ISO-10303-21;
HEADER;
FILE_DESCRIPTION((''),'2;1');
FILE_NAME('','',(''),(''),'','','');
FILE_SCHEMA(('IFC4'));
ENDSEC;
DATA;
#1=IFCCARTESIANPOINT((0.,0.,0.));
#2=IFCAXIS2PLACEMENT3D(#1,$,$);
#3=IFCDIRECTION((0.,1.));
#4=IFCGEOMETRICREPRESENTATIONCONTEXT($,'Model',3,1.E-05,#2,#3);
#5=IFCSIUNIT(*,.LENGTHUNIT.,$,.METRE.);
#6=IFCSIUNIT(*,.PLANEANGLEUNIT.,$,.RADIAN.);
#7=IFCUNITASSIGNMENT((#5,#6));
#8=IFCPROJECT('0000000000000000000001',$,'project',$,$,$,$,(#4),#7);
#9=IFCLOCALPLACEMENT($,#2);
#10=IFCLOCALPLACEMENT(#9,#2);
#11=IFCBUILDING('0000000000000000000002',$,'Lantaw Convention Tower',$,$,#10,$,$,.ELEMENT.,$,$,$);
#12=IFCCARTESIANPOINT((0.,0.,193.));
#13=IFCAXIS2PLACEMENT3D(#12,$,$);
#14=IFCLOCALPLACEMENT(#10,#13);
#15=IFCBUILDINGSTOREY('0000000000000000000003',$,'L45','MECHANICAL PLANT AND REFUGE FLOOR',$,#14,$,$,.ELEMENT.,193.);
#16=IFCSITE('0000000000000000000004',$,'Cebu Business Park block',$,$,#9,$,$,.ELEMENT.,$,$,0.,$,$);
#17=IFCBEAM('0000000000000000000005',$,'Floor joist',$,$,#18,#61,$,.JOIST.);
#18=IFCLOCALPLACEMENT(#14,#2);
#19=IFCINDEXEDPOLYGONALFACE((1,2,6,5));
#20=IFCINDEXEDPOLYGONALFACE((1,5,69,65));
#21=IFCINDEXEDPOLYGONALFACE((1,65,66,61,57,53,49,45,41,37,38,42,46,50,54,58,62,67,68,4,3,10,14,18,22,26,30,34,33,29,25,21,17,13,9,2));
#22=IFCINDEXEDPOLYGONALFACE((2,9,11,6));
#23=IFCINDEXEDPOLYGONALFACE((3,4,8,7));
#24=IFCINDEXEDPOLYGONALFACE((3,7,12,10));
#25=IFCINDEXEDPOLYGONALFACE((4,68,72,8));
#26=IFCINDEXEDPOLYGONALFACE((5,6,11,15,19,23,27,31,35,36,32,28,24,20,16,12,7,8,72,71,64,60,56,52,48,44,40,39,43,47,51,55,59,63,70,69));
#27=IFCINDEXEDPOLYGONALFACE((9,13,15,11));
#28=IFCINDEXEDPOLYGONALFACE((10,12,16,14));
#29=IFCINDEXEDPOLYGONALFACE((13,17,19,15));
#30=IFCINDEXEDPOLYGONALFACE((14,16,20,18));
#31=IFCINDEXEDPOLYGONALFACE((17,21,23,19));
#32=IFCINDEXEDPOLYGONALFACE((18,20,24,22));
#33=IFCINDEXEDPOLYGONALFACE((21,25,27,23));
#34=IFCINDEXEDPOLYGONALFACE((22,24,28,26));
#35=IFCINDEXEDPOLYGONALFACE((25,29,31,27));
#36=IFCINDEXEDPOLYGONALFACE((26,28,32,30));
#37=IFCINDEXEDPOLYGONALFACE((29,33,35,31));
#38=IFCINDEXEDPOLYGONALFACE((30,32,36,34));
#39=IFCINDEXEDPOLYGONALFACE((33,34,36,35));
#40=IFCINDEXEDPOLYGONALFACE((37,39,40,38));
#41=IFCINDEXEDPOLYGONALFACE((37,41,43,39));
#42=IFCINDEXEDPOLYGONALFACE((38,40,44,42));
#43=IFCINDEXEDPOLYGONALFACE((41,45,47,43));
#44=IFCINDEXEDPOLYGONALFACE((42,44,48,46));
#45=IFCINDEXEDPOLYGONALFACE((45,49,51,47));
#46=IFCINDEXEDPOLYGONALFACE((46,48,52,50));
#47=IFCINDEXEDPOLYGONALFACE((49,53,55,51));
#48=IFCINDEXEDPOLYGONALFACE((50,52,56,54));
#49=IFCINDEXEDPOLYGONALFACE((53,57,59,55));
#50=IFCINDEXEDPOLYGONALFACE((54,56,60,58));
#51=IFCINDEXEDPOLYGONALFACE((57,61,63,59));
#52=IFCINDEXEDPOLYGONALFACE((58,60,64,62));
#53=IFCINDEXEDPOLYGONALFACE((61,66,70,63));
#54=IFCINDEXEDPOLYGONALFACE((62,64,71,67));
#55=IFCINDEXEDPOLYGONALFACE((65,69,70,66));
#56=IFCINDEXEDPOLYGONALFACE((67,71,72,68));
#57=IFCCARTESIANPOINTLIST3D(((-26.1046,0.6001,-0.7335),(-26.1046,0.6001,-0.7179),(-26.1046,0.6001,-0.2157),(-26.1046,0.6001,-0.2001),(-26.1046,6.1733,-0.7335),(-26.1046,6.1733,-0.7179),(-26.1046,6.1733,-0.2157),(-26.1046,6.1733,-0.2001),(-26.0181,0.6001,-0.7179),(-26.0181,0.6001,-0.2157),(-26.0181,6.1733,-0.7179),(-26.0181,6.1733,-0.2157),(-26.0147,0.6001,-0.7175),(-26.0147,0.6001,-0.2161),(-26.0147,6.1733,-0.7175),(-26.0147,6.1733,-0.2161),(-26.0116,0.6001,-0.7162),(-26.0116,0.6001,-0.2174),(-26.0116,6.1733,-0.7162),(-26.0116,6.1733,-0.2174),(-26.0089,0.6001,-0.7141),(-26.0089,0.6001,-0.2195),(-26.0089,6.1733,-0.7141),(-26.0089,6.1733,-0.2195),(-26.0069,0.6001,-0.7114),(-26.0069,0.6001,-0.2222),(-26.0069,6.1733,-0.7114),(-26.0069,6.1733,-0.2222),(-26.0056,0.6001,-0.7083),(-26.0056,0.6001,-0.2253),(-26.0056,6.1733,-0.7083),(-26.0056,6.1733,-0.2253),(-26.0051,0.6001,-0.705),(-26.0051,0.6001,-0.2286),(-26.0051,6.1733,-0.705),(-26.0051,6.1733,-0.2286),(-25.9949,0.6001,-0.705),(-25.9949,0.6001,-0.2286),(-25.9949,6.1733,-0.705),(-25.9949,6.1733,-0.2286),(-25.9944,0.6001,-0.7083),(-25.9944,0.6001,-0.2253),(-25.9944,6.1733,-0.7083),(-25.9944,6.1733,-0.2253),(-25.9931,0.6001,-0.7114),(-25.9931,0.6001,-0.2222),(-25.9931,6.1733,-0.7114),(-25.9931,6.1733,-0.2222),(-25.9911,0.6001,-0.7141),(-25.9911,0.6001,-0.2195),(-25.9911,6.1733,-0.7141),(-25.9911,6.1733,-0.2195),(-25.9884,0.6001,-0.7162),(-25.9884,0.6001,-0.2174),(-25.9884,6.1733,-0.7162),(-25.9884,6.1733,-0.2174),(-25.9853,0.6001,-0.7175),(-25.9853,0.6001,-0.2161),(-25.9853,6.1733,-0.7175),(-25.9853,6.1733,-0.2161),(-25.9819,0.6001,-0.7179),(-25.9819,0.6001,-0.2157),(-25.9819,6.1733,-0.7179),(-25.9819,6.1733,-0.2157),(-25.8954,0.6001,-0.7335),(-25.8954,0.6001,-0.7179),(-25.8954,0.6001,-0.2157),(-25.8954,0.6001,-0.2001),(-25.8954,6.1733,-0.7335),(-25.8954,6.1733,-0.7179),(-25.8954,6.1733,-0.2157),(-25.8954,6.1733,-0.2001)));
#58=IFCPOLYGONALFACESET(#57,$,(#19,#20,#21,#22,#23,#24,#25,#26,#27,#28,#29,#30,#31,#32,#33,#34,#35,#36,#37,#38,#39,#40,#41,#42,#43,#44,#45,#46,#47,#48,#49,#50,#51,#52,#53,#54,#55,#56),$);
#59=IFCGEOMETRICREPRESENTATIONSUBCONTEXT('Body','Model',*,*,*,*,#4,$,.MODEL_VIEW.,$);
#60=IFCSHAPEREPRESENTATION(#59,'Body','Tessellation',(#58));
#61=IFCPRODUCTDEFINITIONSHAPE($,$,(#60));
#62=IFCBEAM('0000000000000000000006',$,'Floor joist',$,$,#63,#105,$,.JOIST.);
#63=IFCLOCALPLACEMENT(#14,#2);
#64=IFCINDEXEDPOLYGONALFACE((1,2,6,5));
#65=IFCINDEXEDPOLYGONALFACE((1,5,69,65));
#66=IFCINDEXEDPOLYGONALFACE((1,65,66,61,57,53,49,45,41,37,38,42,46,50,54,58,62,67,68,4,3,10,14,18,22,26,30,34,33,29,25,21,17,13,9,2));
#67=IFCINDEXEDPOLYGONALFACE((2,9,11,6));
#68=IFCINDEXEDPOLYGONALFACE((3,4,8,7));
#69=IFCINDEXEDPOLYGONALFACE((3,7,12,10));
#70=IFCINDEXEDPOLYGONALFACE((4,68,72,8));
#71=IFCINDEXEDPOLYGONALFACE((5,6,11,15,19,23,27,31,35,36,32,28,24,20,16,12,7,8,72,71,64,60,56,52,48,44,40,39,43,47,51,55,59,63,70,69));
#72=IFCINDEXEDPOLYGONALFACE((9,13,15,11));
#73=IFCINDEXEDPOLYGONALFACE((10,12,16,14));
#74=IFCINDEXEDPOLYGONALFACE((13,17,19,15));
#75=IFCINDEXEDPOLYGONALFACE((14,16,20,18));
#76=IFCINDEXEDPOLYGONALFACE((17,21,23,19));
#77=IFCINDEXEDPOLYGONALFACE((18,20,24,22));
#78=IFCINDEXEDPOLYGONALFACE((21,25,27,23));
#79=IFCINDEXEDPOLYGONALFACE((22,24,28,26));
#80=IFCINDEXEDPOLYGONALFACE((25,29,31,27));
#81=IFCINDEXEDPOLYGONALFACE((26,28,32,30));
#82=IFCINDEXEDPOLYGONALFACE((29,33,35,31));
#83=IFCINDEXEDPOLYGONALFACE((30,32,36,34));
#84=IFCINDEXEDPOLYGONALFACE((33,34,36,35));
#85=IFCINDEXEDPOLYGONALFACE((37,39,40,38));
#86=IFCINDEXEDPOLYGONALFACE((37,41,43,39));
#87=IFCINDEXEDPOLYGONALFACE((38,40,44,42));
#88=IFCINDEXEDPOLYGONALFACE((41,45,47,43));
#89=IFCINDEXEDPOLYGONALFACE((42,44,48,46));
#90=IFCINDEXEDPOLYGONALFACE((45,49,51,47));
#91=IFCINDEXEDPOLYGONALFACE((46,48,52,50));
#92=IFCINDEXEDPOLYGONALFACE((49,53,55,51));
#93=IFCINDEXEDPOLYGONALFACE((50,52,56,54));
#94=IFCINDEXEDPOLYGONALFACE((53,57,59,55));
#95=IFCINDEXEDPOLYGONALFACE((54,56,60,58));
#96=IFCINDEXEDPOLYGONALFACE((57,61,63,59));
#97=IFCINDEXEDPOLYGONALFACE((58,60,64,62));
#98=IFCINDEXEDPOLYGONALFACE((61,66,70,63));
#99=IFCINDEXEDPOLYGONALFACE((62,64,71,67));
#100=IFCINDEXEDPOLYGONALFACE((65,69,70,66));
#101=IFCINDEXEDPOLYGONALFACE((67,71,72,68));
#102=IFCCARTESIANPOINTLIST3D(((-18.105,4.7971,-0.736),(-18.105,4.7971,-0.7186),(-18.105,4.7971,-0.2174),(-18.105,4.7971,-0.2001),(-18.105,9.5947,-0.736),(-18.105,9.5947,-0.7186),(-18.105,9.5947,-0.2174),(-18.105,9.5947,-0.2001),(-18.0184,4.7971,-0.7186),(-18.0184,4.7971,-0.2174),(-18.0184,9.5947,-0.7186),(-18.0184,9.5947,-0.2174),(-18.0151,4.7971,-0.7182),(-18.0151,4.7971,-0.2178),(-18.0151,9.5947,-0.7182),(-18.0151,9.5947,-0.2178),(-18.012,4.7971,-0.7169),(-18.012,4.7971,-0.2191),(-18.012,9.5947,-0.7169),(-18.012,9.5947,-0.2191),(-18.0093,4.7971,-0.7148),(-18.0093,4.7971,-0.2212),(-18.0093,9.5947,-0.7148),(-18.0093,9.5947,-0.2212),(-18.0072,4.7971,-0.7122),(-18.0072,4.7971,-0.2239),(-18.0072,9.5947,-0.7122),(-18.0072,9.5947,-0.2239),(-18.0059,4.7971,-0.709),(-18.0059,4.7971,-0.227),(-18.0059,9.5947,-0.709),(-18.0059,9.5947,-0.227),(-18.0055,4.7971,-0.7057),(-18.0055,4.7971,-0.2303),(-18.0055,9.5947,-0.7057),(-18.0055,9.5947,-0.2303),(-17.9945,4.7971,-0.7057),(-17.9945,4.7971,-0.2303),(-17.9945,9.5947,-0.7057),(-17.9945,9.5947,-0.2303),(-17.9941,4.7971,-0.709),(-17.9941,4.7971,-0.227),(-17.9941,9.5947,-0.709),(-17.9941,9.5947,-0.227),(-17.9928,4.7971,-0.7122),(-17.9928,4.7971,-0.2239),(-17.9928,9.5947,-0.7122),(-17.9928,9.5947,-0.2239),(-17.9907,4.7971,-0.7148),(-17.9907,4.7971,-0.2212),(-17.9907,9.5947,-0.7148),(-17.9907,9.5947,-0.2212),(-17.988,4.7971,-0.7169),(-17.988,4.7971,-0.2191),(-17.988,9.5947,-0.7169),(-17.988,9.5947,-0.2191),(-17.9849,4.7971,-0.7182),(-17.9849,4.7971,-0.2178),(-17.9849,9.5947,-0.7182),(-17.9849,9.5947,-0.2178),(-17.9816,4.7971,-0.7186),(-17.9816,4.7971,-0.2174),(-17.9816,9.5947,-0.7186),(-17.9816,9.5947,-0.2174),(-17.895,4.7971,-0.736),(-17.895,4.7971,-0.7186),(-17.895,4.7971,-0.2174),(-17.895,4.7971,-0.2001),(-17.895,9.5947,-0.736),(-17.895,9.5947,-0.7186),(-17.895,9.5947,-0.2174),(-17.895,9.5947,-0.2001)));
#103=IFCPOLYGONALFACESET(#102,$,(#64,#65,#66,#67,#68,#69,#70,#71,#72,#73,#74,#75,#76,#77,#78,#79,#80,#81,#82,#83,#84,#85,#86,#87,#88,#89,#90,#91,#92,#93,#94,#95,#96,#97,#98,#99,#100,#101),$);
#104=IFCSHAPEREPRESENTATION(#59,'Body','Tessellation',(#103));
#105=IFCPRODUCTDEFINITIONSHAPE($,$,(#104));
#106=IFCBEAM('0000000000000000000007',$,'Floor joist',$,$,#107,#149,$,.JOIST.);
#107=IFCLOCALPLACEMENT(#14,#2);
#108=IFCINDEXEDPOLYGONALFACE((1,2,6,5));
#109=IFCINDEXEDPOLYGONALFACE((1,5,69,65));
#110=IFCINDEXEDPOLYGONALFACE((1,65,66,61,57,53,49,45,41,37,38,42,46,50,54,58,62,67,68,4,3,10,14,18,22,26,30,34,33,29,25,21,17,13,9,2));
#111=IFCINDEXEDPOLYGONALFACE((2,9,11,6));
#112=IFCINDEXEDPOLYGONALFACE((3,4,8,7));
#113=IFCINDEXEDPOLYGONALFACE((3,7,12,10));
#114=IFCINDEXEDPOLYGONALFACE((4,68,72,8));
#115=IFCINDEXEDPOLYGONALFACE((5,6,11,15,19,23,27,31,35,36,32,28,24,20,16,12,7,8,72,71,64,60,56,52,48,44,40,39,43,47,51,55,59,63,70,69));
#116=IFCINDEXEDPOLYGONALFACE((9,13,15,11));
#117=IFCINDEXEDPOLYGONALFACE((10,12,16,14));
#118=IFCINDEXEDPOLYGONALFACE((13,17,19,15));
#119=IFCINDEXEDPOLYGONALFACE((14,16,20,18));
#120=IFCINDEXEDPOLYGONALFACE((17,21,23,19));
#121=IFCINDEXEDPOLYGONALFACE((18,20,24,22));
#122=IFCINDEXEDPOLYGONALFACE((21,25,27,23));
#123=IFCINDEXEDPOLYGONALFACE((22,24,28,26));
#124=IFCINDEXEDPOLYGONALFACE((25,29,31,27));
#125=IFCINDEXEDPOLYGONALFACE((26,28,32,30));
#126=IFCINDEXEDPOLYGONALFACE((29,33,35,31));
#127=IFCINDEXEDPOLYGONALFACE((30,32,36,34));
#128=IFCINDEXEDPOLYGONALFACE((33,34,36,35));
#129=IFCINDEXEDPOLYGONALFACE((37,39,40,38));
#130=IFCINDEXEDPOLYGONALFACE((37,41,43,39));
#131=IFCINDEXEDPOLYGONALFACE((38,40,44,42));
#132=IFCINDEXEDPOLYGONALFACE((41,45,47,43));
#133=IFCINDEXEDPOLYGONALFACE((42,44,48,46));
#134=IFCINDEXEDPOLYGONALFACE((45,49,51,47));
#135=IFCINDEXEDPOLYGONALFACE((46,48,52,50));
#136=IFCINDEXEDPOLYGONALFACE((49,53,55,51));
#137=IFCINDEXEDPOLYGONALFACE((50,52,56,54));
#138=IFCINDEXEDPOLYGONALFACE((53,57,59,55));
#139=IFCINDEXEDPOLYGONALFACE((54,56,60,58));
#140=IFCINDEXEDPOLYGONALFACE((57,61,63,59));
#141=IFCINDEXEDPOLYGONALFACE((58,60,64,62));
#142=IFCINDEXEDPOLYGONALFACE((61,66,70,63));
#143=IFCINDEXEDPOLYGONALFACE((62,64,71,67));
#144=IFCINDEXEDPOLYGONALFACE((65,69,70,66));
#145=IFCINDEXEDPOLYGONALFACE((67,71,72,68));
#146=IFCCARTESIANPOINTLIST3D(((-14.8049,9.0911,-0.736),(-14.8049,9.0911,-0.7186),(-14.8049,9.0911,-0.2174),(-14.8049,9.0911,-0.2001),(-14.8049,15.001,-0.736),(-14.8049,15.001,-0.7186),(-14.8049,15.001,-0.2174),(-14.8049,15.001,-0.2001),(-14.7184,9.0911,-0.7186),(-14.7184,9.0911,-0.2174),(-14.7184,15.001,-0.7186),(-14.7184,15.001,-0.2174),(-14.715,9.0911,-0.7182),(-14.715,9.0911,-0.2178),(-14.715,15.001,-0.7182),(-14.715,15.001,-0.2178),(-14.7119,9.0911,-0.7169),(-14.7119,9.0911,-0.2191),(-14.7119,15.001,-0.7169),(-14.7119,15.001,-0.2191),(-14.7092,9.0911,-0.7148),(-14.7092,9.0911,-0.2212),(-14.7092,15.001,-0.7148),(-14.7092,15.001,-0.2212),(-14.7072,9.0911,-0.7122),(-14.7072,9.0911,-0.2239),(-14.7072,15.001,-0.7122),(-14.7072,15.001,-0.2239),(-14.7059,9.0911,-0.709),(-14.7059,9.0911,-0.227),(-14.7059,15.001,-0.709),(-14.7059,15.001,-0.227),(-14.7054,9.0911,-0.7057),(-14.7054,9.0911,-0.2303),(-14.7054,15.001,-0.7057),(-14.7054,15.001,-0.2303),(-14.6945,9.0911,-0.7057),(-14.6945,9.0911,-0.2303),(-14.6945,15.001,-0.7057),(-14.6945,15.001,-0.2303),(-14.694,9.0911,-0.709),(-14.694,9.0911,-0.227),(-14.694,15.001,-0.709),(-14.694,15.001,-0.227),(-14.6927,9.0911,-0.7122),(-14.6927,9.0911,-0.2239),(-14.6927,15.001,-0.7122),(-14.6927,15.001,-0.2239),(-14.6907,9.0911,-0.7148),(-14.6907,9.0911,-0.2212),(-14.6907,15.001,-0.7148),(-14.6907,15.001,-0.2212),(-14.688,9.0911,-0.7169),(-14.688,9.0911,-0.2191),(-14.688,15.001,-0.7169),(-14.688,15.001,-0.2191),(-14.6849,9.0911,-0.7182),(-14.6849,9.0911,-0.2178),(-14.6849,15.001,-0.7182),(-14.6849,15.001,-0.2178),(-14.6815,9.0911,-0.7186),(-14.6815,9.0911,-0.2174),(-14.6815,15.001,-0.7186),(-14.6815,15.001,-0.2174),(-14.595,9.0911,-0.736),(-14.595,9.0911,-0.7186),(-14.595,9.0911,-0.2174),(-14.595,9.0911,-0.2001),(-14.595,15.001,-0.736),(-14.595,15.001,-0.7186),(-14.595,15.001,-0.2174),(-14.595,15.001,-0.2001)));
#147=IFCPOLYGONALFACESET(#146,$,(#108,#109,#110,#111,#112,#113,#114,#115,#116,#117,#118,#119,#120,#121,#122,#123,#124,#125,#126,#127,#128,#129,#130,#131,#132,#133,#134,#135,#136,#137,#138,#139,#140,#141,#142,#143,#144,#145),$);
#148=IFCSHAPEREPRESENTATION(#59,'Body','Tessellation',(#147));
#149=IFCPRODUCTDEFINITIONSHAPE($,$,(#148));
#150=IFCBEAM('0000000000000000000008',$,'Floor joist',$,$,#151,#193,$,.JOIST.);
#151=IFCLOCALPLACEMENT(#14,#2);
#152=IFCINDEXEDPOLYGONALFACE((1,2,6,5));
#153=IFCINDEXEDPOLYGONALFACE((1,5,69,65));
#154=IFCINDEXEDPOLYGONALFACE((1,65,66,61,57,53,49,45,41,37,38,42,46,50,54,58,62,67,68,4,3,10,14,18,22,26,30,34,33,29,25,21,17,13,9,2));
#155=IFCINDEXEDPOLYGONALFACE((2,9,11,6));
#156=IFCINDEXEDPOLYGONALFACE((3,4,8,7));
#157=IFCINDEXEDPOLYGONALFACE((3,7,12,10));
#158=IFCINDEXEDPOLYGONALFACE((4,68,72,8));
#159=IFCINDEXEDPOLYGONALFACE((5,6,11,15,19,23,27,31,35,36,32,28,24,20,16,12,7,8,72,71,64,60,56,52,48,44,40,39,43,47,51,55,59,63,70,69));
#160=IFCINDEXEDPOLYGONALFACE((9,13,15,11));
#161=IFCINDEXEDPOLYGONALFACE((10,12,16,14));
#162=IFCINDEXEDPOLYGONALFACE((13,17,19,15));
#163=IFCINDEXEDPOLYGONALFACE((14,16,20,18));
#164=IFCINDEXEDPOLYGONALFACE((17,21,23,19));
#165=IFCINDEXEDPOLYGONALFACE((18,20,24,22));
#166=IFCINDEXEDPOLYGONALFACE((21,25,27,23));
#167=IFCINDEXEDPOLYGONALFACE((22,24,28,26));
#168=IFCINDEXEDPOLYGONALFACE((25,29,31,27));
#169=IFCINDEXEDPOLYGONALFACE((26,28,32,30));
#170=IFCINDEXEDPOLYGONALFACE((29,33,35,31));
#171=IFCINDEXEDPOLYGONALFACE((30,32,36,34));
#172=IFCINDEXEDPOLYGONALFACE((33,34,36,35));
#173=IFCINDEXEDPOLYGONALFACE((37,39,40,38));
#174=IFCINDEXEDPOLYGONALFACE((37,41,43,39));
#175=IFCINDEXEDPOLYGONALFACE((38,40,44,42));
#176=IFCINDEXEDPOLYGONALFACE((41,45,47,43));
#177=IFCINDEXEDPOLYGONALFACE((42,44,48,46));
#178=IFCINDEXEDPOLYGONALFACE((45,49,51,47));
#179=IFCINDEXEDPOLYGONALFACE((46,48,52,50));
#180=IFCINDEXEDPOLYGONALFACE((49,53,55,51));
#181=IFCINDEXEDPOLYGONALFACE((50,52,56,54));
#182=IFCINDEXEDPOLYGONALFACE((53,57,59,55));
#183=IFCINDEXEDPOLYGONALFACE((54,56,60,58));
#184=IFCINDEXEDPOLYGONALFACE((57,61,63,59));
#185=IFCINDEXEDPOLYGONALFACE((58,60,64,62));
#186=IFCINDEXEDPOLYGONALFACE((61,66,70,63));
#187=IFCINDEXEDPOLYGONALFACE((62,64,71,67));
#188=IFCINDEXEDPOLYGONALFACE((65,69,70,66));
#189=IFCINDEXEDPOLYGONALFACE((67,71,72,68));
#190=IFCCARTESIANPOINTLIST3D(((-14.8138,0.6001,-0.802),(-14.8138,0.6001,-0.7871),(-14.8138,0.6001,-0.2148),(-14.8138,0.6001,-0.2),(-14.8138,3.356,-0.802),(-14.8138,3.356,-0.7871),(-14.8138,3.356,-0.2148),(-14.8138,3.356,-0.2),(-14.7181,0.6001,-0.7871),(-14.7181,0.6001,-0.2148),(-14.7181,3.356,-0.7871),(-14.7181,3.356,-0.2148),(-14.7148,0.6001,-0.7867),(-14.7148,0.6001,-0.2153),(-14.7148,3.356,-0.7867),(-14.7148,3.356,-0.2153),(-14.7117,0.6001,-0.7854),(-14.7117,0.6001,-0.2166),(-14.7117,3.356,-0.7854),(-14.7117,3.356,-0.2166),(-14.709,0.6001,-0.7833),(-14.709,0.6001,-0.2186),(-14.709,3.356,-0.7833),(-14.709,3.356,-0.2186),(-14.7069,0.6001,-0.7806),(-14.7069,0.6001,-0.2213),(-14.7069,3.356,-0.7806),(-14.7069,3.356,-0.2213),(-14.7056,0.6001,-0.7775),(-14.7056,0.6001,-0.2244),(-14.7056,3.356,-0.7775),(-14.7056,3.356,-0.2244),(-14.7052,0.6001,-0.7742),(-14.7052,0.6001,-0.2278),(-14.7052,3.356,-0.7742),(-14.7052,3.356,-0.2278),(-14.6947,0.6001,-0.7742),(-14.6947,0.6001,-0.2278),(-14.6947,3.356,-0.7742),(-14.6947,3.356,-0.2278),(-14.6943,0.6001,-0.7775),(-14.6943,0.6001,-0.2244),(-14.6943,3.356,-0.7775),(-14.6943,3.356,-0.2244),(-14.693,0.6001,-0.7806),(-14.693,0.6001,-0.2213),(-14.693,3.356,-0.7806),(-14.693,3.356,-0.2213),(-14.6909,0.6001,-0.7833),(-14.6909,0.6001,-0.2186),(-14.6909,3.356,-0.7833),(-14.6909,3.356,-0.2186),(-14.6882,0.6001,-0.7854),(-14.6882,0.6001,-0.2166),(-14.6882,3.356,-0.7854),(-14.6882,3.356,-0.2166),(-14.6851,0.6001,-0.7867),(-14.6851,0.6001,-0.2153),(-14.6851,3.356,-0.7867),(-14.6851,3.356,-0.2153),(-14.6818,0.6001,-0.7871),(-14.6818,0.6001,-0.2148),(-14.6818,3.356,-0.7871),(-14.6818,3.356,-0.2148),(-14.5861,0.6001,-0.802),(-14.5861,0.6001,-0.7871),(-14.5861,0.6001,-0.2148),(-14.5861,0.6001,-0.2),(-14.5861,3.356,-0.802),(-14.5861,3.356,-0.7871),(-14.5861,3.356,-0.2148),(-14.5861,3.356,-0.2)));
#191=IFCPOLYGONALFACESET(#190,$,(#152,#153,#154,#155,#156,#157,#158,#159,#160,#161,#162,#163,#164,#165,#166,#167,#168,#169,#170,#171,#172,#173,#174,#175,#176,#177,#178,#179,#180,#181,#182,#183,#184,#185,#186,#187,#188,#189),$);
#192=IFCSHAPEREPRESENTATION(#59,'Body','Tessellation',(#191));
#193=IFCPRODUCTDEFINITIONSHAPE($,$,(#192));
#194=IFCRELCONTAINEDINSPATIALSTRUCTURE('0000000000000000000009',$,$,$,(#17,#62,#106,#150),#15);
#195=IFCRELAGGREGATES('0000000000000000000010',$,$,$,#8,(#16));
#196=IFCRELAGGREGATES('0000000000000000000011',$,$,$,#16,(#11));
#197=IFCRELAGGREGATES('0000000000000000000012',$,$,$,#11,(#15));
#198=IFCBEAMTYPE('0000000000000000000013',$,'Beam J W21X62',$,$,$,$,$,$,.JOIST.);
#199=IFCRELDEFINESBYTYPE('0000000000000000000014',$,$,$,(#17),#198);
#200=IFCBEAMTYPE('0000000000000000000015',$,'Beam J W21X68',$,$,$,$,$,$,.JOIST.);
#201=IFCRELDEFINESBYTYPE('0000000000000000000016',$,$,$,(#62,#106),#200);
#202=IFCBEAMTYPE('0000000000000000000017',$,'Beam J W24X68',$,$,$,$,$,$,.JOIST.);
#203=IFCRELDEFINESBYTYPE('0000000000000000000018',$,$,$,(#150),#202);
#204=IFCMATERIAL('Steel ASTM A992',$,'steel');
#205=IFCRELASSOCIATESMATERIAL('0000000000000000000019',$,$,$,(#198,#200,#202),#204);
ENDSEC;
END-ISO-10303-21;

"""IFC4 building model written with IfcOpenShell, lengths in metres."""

from ifc_helpers import new_model, si_unit, direction, frame, origin, origin_2d, place, context, subcontext, project, spatial, i_section, extrude, material, material_profile, profile_set, type_object, element, save


model = new_model("IFC4")

# Units and contexts
model_context = context("Model", 3, precision=1e-05, world=origin(), true_north=direction((0.0, 1.0)))
body_context = subcontext(model_context, "Body", "Model", "MODEL_VIEW")
ifc_project = project(units=[si_unit("LENGTHUNIT", "METRE"), si_unit("PLANEANGLEUNIT", "RADIAN")], contexts=[model_context])

# Site, building, storey
site_placement = place(None, origin())
site = spatial("IfcSite", under=ifc_project, at=site_placement, Name="Cebu Business Park block", CompositionType="ELEMENT", RefElevation=0.0)
building_placement = place(site_placement, origin())
building = spatial("IfcBuilding", under=site, at=building_placement, Name="Lantaw Convention Tower", CompositionType="ELEMENT")
storey_placement = place(building_placement, frame((0.0, 0.0, 193.0)))
storey = spatial("IfcBuildingStorey", under=building, at=storey_placement, Name="L45", Description="MECHANICAL PLANT AND REFUGE FLOOR", CompositionType="ELEMENT", Elevation=193.0)

# Beams
ifc_material_1 = material(Name="Steel ASTM A992", Category="steel")
ifc_material_profile_1 = material_profile(ifc_material_1, i_section(OverallWidth=0.2092, OverallDepth=0.5334, WebThickness=0.0103, FlangeThickness=0.0156, FilletRadius=0.0129, at=origin_2d()), Name="W21X62")
ifc_profile_set_1 = profile_set([ifc_material_profile_1], Name="Steel ASTM A992")
beam_type_1 = type_object("IfcBeamType", Name="Beam J W21X62", PredefinedType="JOIST", material=ifc_profile_set_1)
beam_1_placement = place(storey_placement, frame((-26.0, 0.6001, -0.4668), z_axis=(0.0, 1.0, 0.0), x_axis=(-1.0, 0.0, 0.0)))
element("IfcBeam", 1, at=beam_1_placement, inside=storey, type_object=beam_type_1, Name="Floor joist", PredefinedType="JOIST", context=body_context, shape_type="SweptSolid", body=[
    extrude(i_section(OverallWidth=0.2092, OverallDepth=0.5334, WebThickness=0.0103, FlangeThickness=0.0156, FilletRadius=0.0129, at=origin_2d()), origin(), (0.0, 0.0, 1.0), 5.5732),
])
ifc_material_profile_2 = material_profile(ifc_material_1, i_section(OverallWidth=0.21, OverallDepth=0.5359, WebThickness=0.011, FlangeThickness=0.0173, FilletRadius=0.0129, at=origin_2d()), Name="W21X68")
ifc_profile_set_2 = profile_set([ifc_material_profile_2], Name="Steel ASTM A992")
beam_type_2 = type_object("IfcBeamType", Name="Beam J W21X68", PredefinedType="JOIST", material=ifc_profile_set_2)
beam_2_placement = place(storey_placement, frame((-18.0, 4.7971, -0.468), z_axis=(0.0, 1.0, 0.0), x_axis=(-1.0, 0.0, 0.0)))
element("IfcBeam", 2, at=beam_2_placement, inside=storey, type_object=beam_type_2, Name="Floor joist", PredefinedType="JOIST", context=body_context, shape_type="SweptSolid", body=[
    extrude(i_section(OverallWidth=0.21, OverallDepth=0.5359, WebThickness=0.011, FlangeThickness=0.0173, FilletRadius=0.0129, at=origin_2d()), origin(), (0.0, 0.0, 1.0), 4.7976),
])
beam_3_placement = place(storey_placement, frame((-14.7, 9.0911, -0.468), z_axis=(0.0, 1.0, 0.0), x_axis=(-1.0, 0.0, 0.0)))
element("IfcBeam", 3, at=beam_3_placement, inside=storey, type_object=beam_type_2, Name="Floor joist", PredefinedType="JOIST", context=body_context, shape_type="SweptSolid", body=[
    extrude(i_section(OverallWidth=0.21, OverallDepth=0.5359, WebThickness=0.011, FlangeThickness=0.0173, FilletRadius=0.0129, at=origin_2d()), origin(), (0.0, 0.0, 1.0), 5.9099),
])
ifc_material_profile_3 = material_profile(ifc_material_1, i_section(OverallWidth=0.2278, OverallDepth=0.6021, WebThickness=0.0105, FlangeThickness=0.0149, FilletRadius=0.0129, at=origin_2d()), Name="W24X68")
ifc_profile_set_3 = profile_set([ifc_material_profile_3], Name="Steel ASTM A992")
beam_type_3 = type_object("IfcBeamType", Name="Beam J W24X68", PredefinedType="JOIST", material=ifc_profile_set_3)
beam_4_placement = place(storey_placement, frame((-14.7, 0.6001, -0.501), z_axis=(0.0, 1.0, 0.0), x_axis=(-1.0, 0.0, 0.0)))
element("IfcBeam", 4, at=beam_4_placement, inside=storey, type_object=beam_type_3, Name="Floor joist", PredefinedType="JOIST", context=body_context, shape_type="SweptSolid", body=[
    extrude(i_section(OverallWidth=0.2278, OverallDepth=0.6021, WebThickness=0.0105, FlangeThickness=0.0149, FilletRadius=0.0129, at=origin_2d()), origin(), (0.0, 0.0, 1.0), 2.7559),
])

save(model, "model.ifc")
